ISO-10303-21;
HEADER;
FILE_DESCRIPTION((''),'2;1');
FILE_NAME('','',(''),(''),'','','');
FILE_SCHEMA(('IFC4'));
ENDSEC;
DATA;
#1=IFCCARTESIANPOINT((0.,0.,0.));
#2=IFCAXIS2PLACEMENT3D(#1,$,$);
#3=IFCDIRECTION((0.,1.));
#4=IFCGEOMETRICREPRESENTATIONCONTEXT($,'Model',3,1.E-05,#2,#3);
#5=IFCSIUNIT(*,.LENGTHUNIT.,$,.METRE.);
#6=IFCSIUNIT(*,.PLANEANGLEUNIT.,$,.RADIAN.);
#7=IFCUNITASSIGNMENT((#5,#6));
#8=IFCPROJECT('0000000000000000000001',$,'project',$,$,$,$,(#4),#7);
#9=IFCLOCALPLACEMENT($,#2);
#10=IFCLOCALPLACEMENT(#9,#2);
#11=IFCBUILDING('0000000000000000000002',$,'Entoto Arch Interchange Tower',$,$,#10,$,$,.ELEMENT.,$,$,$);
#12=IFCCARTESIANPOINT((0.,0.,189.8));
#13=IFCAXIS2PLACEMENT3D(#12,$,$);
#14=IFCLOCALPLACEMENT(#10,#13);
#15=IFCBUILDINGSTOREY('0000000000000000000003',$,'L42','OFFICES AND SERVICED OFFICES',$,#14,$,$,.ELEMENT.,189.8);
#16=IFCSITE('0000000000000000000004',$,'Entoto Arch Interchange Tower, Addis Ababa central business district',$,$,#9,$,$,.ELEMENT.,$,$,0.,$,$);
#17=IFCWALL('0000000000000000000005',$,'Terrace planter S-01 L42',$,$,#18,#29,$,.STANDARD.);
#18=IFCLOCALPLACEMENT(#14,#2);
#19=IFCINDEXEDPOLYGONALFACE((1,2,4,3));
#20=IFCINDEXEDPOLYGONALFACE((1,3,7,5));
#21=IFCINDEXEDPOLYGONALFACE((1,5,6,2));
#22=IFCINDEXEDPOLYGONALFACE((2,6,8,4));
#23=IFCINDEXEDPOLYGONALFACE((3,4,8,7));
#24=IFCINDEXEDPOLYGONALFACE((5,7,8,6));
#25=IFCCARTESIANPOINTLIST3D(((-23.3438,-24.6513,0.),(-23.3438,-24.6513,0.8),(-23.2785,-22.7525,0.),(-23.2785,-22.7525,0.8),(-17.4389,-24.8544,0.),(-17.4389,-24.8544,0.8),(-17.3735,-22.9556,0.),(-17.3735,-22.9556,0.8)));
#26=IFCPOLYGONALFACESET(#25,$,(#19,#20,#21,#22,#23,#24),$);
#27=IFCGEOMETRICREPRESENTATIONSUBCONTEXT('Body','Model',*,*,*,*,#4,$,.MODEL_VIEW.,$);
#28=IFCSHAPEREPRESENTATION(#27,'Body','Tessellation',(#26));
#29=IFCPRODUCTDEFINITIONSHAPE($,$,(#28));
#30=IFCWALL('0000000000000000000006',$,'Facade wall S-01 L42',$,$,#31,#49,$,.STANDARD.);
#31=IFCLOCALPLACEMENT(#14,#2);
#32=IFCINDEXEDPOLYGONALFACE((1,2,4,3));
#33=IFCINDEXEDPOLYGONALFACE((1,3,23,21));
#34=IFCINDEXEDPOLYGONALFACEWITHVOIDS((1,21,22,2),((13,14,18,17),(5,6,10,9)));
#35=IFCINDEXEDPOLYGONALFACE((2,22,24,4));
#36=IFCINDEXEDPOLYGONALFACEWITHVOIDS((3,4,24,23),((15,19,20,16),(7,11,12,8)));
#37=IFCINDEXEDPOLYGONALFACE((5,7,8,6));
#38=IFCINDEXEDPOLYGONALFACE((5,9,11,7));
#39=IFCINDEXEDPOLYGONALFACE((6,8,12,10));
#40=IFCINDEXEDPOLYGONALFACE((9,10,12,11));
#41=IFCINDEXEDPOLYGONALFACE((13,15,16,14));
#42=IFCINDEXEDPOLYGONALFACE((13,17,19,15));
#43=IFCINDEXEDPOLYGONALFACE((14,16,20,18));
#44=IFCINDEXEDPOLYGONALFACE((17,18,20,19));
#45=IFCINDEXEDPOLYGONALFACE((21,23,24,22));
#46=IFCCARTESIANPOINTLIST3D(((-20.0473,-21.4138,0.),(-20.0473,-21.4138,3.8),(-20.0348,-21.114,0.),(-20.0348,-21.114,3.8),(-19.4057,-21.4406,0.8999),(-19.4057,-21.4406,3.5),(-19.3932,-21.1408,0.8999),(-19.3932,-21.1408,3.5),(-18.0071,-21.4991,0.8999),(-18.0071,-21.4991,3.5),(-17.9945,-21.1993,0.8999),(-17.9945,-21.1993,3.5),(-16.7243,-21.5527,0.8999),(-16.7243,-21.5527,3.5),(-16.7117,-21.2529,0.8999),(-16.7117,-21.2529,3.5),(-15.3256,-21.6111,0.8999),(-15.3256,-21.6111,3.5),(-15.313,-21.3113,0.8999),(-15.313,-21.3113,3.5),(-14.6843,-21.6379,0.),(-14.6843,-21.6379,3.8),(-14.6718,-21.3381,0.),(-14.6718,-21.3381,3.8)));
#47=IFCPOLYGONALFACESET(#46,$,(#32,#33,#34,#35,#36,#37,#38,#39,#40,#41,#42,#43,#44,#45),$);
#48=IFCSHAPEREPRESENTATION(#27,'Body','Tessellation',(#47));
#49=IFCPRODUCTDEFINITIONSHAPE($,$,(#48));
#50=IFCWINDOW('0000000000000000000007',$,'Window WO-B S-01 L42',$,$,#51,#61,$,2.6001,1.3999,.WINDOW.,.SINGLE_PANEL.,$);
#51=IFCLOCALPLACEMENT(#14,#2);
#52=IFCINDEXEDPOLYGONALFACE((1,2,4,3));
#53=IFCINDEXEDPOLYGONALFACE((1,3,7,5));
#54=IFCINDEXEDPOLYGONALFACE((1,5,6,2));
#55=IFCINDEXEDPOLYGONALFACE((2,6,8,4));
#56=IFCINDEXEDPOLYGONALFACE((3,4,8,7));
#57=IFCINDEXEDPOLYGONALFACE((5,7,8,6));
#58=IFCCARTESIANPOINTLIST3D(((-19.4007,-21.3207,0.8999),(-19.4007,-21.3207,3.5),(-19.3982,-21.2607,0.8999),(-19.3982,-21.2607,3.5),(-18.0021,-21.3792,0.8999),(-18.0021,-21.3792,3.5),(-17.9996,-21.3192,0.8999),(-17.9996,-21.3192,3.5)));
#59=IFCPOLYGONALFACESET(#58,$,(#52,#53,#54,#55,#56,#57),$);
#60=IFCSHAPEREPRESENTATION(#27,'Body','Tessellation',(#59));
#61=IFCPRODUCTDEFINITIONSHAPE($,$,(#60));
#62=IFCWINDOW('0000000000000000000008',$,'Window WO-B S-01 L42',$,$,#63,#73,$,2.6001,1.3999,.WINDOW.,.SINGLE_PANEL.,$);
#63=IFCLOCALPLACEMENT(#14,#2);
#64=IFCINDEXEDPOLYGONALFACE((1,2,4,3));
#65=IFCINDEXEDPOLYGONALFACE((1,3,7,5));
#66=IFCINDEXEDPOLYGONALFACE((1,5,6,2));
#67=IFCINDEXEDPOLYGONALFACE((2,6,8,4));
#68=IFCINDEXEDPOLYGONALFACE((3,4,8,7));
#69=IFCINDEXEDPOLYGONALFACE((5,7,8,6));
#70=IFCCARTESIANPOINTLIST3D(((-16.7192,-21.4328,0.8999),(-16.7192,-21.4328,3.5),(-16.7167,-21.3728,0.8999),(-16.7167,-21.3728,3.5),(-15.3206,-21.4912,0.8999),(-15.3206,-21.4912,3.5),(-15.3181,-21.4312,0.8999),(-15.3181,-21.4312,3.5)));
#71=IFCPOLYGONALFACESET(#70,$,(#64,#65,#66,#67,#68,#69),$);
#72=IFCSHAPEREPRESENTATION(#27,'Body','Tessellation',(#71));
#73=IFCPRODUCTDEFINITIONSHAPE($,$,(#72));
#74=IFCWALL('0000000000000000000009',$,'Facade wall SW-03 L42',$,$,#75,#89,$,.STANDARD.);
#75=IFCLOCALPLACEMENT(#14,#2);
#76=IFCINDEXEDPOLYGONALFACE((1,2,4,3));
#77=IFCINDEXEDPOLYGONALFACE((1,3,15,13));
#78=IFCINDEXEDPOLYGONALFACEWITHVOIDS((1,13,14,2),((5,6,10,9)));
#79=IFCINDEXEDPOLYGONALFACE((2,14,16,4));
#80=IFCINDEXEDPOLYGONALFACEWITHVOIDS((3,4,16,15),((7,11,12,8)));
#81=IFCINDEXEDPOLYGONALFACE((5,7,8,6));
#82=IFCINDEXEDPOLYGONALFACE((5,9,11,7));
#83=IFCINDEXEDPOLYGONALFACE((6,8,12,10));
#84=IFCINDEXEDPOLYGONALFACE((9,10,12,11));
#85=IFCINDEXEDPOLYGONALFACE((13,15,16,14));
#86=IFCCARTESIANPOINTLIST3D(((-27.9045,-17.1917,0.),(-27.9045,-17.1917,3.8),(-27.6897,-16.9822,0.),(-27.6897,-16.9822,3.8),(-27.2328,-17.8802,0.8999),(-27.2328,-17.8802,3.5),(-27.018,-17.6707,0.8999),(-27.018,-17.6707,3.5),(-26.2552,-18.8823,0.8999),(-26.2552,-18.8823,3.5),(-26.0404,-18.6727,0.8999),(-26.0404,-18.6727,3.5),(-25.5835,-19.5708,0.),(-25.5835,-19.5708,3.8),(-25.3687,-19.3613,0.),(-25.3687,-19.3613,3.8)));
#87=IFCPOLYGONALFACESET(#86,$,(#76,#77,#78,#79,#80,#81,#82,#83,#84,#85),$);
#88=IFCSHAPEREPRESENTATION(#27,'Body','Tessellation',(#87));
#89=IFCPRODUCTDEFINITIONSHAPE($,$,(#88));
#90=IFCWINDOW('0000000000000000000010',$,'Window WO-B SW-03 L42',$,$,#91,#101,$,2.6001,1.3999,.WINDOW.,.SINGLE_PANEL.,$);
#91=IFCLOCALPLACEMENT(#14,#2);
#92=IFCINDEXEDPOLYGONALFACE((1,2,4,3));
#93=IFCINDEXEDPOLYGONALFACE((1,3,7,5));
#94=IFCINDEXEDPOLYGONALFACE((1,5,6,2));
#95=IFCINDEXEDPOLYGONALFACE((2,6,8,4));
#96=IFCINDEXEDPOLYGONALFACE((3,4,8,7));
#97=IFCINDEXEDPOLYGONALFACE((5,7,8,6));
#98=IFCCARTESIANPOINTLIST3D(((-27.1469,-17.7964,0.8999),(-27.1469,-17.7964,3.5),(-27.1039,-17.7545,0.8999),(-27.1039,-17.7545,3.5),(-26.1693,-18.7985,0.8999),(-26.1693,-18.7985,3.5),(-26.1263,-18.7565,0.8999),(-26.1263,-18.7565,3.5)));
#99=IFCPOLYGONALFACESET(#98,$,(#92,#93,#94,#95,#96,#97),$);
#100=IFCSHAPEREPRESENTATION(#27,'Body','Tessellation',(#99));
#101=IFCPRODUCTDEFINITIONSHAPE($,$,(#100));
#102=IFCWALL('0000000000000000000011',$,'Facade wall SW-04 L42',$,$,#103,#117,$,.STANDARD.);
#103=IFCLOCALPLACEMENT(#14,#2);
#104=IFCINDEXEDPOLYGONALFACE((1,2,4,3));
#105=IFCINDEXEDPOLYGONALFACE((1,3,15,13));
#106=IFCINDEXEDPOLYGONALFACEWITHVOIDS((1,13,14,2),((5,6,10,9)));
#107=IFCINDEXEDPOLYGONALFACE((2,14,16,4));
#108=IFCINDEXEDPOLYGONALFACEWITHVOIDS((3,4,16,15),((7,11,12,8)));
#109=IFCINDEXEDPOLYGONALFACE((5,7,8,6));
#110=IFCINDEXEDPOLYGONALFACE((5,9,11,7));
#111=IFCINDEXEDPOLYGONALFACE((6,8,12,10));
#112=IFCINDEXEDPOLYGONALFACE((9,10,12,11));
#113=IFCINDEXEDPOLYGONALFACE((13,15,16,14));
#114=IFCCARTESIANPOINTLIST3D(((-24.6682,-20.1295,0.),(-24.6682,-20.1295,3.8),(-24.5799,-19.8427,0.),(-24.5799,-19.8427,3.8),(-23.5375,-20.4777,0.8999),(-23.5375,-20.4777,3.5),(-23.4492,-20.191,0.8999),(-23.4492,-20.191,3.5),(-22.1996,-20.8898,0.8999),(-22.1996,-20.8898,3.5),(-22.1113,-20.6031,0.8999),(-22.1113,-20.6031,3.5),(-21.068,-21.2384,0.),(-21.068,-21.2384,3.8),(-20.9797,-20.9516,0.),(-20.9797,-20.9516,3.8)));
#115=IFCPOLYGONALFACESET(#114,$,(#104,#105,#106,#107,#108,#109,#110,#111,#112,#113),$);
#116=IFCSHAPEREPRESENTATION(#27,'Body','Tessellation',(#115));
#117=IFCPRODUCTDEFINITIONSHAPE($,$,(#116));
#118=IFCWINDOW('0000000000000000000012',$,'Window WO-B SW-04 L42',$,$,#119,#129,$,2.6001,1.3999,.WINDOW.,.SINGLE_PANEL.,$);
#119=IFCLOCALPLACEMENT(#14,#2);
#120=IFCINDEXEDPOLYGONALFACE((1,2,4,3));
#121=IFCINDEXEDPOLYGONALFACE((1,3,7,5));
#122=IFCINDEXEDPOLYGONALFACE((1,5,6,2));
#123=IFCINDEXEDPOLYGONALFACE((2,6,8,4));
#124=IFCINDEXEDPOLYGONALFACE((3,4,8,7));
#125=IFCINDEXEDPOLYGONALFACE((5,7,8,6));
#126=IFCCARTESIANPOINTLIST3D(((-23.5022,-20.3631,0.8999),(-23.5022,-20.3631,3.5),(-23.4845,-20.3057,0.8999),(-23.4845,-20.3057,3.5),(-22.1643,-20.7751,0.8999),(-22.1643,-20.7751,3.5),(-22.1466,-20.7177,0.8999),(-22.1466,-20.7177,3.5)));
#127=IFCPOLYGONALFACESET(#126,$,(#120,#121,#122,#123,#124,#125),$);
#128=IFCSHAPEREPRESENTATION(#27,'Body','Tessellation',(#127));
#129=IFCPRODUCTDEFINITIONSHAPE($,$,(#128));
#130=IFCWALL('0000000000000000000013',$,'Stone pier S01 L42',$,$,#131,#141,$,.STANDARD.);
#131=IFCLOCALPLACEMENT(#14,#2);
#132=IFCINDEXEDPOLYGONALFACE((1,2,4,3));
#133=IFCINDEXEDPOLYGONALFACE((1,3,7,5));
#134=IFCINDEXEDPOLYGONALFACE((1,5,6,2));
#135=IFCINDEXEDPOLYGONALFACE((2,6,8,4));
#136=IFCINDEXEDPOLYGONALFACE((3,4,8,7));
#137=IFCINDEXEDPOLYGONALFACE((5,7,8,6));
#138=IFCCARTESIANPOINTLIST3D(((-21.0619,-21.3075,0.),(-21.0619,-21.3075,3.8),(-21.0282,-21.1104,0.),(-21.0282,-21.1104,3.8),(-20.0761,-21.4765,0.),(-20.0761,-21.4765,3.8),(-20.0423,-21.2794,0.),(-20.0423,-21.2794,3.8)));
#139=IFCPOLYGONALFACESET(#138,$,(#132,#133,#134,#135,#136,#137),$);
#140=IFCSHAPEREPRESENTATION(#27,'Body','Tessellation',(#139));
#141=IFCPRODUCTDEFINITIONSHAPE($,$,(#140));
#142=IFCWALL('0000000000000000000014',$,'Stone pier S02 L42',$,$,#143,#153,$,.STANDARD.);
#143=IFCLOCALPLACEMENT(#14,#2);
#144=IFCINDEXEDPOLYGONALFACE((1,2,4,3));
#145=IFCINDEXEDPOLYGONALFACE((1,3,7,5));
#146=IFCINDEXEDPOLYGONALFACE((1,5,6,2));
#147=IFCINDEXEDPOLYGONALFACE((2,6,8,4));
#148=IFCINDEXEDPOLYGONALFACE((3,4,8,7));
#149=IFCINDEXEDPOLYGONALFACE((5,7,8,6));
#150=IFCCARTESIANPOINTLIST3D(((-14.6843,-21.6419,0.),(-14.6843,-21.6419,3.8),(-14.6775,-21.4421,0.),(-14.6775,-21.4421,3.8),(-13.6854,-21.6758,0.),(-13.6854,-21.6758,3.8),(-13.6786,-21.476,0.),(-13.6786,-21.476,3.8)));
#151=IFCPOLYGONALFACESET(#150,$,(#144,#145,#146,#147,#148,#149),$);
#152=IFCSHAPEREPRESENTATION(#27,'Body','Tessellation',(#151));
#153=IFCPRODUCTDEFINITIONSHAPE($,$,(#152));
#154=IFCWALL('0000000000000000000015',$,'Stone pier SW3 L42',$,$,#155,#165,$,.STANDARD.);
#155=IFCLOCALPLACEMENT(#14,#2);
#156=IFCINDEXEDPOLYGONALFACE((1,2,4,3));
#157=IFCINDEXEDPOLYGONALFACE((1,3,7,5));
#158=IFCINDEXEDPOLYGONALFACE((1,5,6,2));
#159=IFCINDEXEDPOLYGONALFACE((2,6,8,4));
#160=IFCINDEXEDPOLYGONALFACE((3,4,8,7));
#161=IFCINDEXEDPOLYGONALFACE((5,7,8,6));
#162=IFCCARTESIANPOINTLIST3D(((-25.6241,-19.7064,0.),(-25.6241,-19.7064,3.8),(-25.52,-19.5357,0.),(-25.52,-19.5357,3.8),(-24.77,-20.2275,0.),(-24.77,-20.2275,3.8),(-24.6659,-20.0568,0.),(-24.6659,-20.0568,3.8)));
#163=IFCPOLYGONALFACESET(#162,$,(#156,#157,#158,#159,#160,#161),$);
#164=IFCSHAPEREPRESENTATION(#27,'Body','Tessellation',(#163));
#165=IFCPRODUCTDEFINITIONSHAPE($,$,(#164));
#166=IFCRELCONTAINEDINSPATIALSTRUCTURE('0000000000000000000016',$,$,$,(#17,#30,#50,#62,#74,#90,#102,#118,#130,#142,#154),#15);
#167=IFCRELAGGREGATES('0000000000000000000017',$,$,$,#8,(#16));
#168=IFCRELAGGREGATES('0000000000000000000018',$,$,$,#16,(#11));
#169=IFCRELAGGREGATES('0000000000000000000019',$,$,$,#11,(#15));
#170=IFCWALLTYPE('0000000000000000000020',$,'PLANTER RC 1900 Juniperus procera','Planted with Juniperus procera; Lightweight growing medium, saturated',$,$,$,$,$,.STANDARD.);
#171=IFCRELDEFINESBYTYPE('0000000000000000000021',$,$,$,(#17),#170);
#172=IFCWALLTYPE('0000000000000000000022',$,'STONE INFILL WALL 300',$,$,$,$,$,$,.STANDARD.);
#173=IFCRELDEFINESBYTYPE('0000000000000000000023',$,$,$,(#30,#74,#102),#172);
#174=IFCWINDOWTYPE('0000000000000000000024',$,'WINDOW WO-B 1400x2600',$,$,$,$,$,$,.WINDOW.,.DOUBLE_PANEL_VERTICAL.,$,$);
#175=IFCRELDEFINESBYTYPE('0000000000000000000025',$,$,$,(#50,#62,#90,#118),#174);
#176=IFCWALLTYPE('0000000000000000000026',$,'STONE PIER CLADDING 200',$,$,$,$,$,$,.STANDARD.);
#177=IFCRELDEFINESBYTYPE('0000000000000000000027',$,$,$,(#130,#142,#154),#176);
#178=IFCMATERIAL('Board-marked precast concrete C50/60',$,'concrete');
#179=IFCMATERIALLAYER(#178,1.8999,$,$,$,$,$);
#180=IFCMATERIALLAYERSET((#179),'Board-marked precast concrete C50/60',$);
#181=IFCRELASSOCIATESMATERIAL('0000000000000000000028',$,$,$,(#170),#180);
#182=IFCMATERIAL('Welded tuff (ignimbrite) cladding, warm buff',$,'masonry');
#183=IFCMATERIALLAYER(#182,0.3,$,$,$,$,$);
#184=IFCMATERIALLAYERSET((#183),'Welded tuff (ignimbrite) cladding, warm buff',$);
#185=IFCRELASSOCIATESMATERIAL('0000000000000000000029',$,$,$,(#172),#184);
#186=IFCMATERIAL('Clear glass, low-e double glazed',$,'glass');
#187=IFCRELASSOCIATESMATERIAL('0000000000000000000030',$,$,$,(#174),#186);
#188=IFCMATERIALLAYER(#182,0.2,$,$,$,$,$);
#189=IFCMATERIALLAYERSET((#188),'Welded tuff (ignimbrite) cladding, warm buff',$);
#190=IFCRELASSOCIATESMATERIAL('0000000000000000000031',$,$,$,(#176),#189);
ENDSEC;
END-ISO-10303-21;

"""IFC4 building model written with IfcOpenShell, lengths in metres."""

from ifc_helpers import new_model, si_unit, direction, frame, frame_2d, origin, place, context, subcontext, project, spatial, rectangle, extrude, material, layer, layer_set, type_object, element, fill, save


model = new_model("IFC4")

# Units and contexts
model_context = context("Model", 3, precision=1e-05, world=origin(), true_north=direction((0.0, 1.0)))
body_context = subcontext(model_context, "Body", "Model", "MODEL_VIEW")
ifc_project = project(units=[si_unit("LENGTHUNIT", "METRE"), si_unit("PLANEANGLEUNIT", "RADIAN")], contexts=[model_context])

# Site, building, storey
site_placement = place(None, origin())
site = spatial("IfcSite", under=ifc_project, at=site_placement, Name="Entoto Arch Interchange Tower, Addis Ababa central business district", CompositionType="ELEMENT", RefElevation=0.0)
building_placement = place(site_placement, origin())
building = spatial("IfcBuilding", under=site, at=building_placement, Name="Entoto Arch Interchange Tower", CompositionType="ELEMENT")
storey_placement = place(building_placement, frame((0.0, 0.0, 189.8)))
storey = spatial("IfcBuildingStorey", under=building, at=storey_placement, Name="L42", Description="OFFICES AND SERVICED OFFICES", CompositionType="ELEMENT", Elevation=189.8)

# Wall
ifc_material_1 = material(Name="Board-marked precast concrete C50/60", Category="concrete")
ifc_layer_1 = layer(ifc_material_1, 1.8999)
ifc_layer_set_1 = layer_set([ifc_layer_1], Name="Board-marked precast concrete C50/60")
wall_type_1 = type_object("IfcWallType", Name="PLANTER RC 1900 Juniperus procera", Description="Planted with Juniperus procera; Lightweight growing medium, saturated", PredefinedType="STANDARD", material=ifc_layer_set_1)
wall_1_placement = place(storey_placement, frame((-23.311, -23.7019, 0.0), z_axis=(0.0, 0.0, 1.0), x_axis=(0.999409, -0.034378, 0.0)))
element("IfcWall", 1, at=wall_1_placement, inside=storey, type_object=wall_type_1, Name="Terrace planter S-01 L42", PredefinedType="STANDARD", context=body_context, shape_type="SweptSolid", body=[
    extrude(rectangle(XDim=5.9084, YDim=1.8999, at=frame_2d((2.9541, 0.0))), origin(), (0.0, 0.0, 1.0), 0.8),
])

# Wall, openings, windows
ifc_material_2 = material(Name="Welded tuff (ignimbrite) cladding, warm buff", Category="masonry")
ifc_layer_2 = layer(ifc_material_2, 0.3)
ifc_layer_set_2 = layer_set([ifc_layer_2], Name="Welded tuff (ignimbrite) cladding, warm buff")
wall_type_2 = type_object("IfcWallType", Name="STONE INFILL WALL 300", PredefinedType="STANDARD", material=ifc_layer_set_2)
wall_2_placement = place(storey_placement, frame((-20.041, -21.2639, 0.0), z_axis=(0.0, 0.0, 1.0), x_axis=(0.999128, -0.041754, 0.0)))
wall_2 = element("IfcWall", 2, at=wall_2_placement, inside=storey, type_object=wall_type_2, Name="Facade wall S-01 L42", PredefinedType="STANDARD", context=body_context, shape_type="SweptSolid", body=[
    extrude(rectangle(XDim=5.3677, YDim=0.3, at=frame_2d((2.6838, 0.0))), origin(), (0.0, 0.0, 1.0), 3.8),
])
opening_1_placement = place(wall_2_placement, frame((0.6421, 0.0, 0.8999)))
opening_1 = element("IfcOpeningElement", 3, at=opening_1_placement, cuts=wall_2, PredefinedType="OPENING", context=body_context, shape_type="SweptSolid", body=[
    extrude(rectangle(XDim=1.3999, YDim=2.6001, at=frame_2d((0.7, 1.3))), frame((0.0, 0.1602, 0.0), z_axis=(0.0, -1.0, 0.0), x_axis=(1.0, 0.0, 0.0)), (0.0, 0.0, 1.0), 0.3201),
])
opening_2_placement = place(wall_2_placement, frame((3.3259, 0.0, 0.8999)))
opening_2 = element("IfcOpeningElement", 4, at=opening_2_placement, cuts=wall_2, PredefinedType="OPENING", context=body_context, shape_type="SweptSolid", body=[
    extrude(rectangle(XDim=1.3999, YDim=2.6001, at=frame_2d((0.7, 1.3))), frame((0.0, 0.1602, 0.0), z_axis=(0.0, -1.0, 0.0), x_axis=(1.0, 0.0, 0.0)), (0.0, 0.0, 1.0), 0.3201),
])
ifc_material_3 = material(Name="Clear glass, low-e double glazed", Category="glass")
window_type = type_object("IfcWindowType", Name="WINDOW WO-B 1400x2600", PartitioningType="DOUBLE_PANEL_VERTICAL", PredefinedType="WINDOW", material=ifc_material_3)
window_1_placement = place(opening_1_placement, origin())
window_1 = element("IfcWindow", 5, at=window_1_placement, inside=storey, type_object=window_type, Name="Window WO-B S-01 L42", OverallHeight=2.6001, OverallWidth=1.3999, PartitioningType="SINGLE_PANEL", PredefinedType="WINDOW", context=body_context, shape_type="SweptSolid", body=[
    extrude(rectangle(XDim=1.3999, YDim=2.6001, at=frame_2d((0.7, 1.3))), frame((0.0, 0.03, 0.0), z_axis=(0.0, -1.0, 0.0), x_axis=(1.0, 0.0, 0.0)), (0.0, 0.0, 1.0), 0.0601),
])
fill(opening_1, window_1)
window_2_placement = place(opening_2_placement, origin())
window_2 = element("IfcWindow", 6, at=window_2_placement, inside=storey, type_object=window_type, Name="Window WO-B S-01 L42", OverallHeight=2.6001, OverallWidth=1.3999, PartitioningType="SINGLE_PANEL", PredefinedType="WINDOW", context=body_context, shape_type="SweptSolid", body=[
    extrude(rectangle(XDim=1.3999, YDim=2.6001, at=frame_2d((0.7, 1.3))), frame((0.0, 0.03, 0.0), z_axis=(0.0, -1.0, 0.0), x_axis=(1.0, 0.0, 0.0)), (0.0, 0.0, 1.0), 0.0601),
])
fill(opening_2, window_2)

# Walls, openings, windows
wall_3_placement = place(storey_placement, frame((-27.7971, -17.0869, 0.0), z_axis=(0.0, 0.0, 1.0), x_axis=(0.698312, -0.715794, 0.0)))
wall_3 = element("IfcWall", 7, at=wall_3_placement, inside=storey, type_object=wall_type_2, Name="Facade wall SW-03 L42", PredefinedType="STANDARD", context=body_context, shape_type="SweptSolid", body=[
    extrude(rectangle(XDim=3.3237, YDim=0.3, at=frame_2d((1.6619, 0.0))), origin(), (0.0, 0.0, 1.0), 3.8),
])
opening_3_placement = place(wall_3_placement, frame((0.9619, 0.0, 0.8999)))
opening_3 = element("IfcOpeningElement", 8, at=opening_3_placement, cuts=wall_3, PredefinedType="OPENING", context=body_context, shape_type="SweptSolid", body=[
    extrude(rectangle(XDim=1.3999, YDim=2.6001, at=frame_2d((0.7, 1.3))), frame((0.0, 0.1602, 0.0), z_axis=(0.0, -1.0, 0.0), x_axis=(1.0, 0.0, 0.0)), (0.0, 0.0, 1.0), 0.3201),
])
window_3_placement = place(opening_3_placement, origin())
window_3 = element("IfcWindow", 9, at=window_3_placement, inside=storey, type_object=window_type, Name="Window WO-B SW-03 L42", OverallHeight=2.6001, OverallWidth=1.3999, PartitioningType="SINGLE_PANEL", PredefinedType="WINDOW", context=body_context, shape_type="SweptSolid", body=[
    extrude(rectangle(XDim=1.3999, YDim=2.6001, at=frame_2d((0.7, 1.3))), frame((0.0, 0.03, 0.0), z_axis=(0.0, -1.0, 0.0), x_axis=(1.0, 0.0, 0.0)), (0.0, 0.0, 1.0), 0.0601),
])
fill(opening_3, window_3)
wall_4_placement = place(storey_placement, frame((-24.624, -19.9861, 0.0), z_axis=(0.0, 0.0, 1.0), x_axis=(0.955692, -0.294368, 0.0)))
wall_4 = element("IfcWall", 10, at=wall_4_placement, inside=storey, type_object=wall_type_2, Name="Facade wall SW-04 L42", PredefinedType="STANDARD", context=body_context, shape_type="SweptSolid", body=[
    extrude(rectangle(XDim=3.7671, YDim=0.3, at=frame_2d((1.8835, 0.0))), origin(), (0.0, 0.0, 1.0), 3.8),
])
opening_4_placement = place(wall_4_placement, frame((1.1831, 0.0, 0.8999)))
opening_4 = element("IfcOpeningElement", 11, at=opening_4_placement, cuts=wall_4, PredefinedType="OPENING", context=body_context, shape_type="SweptSolid", body=[
    extrude(rectangle(XDim=1.3999, YDim=2.6001, at=frame_2d((0.7, 1.3))), frame((0.0, 0.1602, 0.0), z_axis=(0.0, -1.0, 0.0), x_axis=(1.0, 0.0, 0.0)), (0.0, 0.0, 1.0), 0.3201),
])
window_4_placement = place(opening_4_placement, origin())
window_4 = element("IfcWindow", 12, at=window_4_placement, inside=storey, type_object=window_type, Name="Window WO-B SW-04 L42", OverallHeight=2.6001, OverallWidth=1.3999, PartitioningType="SINGLE_PANEL", PredefinedType="WINDOW", context=body_context, shape_type="SweptSolid", body=[
    extrude(rectangle(XDim=1.3999, YDim=2.6001, at=frame_2d((0.7, 1.3))), frame((0.0, 0.03, 0.0), z_axis=(0.0, -1.0, 0.0), x_axis=(1.0, 0.0, 0.0)), (0.0, 0.0, 1.0), 0.0601),
])
fill(opening_4, window_4)

# Walls
ifc_layer_3 = layer(ifc_material_2, 0.2)
ifc_layer_set_3 = layer_set([ifc_layer_3], Name="Welded tuff (ignimbrite) cladding, warm buff")
wall_type_3 = type_object("IfcWallType", Name="STONE PIER CLADDING 200", PredefinedType="STANDARD", material=ifc_layer_set_3)
wall_5_placement = place(storey_placement, frame((-21.0449, -21.209, 0.0), z_axis=(0.0, 0.0, 1.0), x_axis=(0.985632, -0.16891, 0.0)))
element("IfcWall", 13, at=wall_5_placement, inside=storey, type_object=wall_type_3, Name="Stone pier S01 L42", PredefinedType="STANDARD", context=body_context, shape_type="SweptSolid", body=[
    extrude(rectangle(XDim=1.0002, YDim=0.2, at=frame_2d((0.5, 0.0))), origin(), (0.0, 0.0, 1.0), 3.8),
])
wall_6_placement = place(storey_placement, frame((-14.6809, -21.542, 0.0), z_axis=(0.0, 0.0, 1.0), x_axis=(0.999424, -0.033949, 0.0)))
element("IfcWall", 14, at=wall_6_placement, inside=storey, type_object=wall_type_3, Name="Stone pier S02 L42", PredefinedType="STANDARD", context=body_context, shape_type="SweptSolid", body=[
    extrude(rectangle(XDim=0.9995, YDim=0.2, at=frame_2d((0.4998, 0.0))), origin(), (0.0, 0.0, 1.0), 3.8),
])
wall_7_placement = place(storey_placement, frame((-25.572, -19.6211, 0.0), z_axis=(0.0, 0.0, 1.0), x_axis=(0.85368, -0.520798, 0.0)))
element("IfcWall", 15, at=wall_7_placement, inside=storey, type_object=wall_type_3, Name="Stone pier SW3 L42", PredefinedType="STANDARD", context=body_context, shape_type="SweptSolid", body=[
    extrude(rectangle(XDim=1.0005, YDim=0.2, at=frame_2d((0.5002, 0.0))), origin(), (0.0, 0.0, 1.0), 3.8),
])

save(model, "model.ifc")
